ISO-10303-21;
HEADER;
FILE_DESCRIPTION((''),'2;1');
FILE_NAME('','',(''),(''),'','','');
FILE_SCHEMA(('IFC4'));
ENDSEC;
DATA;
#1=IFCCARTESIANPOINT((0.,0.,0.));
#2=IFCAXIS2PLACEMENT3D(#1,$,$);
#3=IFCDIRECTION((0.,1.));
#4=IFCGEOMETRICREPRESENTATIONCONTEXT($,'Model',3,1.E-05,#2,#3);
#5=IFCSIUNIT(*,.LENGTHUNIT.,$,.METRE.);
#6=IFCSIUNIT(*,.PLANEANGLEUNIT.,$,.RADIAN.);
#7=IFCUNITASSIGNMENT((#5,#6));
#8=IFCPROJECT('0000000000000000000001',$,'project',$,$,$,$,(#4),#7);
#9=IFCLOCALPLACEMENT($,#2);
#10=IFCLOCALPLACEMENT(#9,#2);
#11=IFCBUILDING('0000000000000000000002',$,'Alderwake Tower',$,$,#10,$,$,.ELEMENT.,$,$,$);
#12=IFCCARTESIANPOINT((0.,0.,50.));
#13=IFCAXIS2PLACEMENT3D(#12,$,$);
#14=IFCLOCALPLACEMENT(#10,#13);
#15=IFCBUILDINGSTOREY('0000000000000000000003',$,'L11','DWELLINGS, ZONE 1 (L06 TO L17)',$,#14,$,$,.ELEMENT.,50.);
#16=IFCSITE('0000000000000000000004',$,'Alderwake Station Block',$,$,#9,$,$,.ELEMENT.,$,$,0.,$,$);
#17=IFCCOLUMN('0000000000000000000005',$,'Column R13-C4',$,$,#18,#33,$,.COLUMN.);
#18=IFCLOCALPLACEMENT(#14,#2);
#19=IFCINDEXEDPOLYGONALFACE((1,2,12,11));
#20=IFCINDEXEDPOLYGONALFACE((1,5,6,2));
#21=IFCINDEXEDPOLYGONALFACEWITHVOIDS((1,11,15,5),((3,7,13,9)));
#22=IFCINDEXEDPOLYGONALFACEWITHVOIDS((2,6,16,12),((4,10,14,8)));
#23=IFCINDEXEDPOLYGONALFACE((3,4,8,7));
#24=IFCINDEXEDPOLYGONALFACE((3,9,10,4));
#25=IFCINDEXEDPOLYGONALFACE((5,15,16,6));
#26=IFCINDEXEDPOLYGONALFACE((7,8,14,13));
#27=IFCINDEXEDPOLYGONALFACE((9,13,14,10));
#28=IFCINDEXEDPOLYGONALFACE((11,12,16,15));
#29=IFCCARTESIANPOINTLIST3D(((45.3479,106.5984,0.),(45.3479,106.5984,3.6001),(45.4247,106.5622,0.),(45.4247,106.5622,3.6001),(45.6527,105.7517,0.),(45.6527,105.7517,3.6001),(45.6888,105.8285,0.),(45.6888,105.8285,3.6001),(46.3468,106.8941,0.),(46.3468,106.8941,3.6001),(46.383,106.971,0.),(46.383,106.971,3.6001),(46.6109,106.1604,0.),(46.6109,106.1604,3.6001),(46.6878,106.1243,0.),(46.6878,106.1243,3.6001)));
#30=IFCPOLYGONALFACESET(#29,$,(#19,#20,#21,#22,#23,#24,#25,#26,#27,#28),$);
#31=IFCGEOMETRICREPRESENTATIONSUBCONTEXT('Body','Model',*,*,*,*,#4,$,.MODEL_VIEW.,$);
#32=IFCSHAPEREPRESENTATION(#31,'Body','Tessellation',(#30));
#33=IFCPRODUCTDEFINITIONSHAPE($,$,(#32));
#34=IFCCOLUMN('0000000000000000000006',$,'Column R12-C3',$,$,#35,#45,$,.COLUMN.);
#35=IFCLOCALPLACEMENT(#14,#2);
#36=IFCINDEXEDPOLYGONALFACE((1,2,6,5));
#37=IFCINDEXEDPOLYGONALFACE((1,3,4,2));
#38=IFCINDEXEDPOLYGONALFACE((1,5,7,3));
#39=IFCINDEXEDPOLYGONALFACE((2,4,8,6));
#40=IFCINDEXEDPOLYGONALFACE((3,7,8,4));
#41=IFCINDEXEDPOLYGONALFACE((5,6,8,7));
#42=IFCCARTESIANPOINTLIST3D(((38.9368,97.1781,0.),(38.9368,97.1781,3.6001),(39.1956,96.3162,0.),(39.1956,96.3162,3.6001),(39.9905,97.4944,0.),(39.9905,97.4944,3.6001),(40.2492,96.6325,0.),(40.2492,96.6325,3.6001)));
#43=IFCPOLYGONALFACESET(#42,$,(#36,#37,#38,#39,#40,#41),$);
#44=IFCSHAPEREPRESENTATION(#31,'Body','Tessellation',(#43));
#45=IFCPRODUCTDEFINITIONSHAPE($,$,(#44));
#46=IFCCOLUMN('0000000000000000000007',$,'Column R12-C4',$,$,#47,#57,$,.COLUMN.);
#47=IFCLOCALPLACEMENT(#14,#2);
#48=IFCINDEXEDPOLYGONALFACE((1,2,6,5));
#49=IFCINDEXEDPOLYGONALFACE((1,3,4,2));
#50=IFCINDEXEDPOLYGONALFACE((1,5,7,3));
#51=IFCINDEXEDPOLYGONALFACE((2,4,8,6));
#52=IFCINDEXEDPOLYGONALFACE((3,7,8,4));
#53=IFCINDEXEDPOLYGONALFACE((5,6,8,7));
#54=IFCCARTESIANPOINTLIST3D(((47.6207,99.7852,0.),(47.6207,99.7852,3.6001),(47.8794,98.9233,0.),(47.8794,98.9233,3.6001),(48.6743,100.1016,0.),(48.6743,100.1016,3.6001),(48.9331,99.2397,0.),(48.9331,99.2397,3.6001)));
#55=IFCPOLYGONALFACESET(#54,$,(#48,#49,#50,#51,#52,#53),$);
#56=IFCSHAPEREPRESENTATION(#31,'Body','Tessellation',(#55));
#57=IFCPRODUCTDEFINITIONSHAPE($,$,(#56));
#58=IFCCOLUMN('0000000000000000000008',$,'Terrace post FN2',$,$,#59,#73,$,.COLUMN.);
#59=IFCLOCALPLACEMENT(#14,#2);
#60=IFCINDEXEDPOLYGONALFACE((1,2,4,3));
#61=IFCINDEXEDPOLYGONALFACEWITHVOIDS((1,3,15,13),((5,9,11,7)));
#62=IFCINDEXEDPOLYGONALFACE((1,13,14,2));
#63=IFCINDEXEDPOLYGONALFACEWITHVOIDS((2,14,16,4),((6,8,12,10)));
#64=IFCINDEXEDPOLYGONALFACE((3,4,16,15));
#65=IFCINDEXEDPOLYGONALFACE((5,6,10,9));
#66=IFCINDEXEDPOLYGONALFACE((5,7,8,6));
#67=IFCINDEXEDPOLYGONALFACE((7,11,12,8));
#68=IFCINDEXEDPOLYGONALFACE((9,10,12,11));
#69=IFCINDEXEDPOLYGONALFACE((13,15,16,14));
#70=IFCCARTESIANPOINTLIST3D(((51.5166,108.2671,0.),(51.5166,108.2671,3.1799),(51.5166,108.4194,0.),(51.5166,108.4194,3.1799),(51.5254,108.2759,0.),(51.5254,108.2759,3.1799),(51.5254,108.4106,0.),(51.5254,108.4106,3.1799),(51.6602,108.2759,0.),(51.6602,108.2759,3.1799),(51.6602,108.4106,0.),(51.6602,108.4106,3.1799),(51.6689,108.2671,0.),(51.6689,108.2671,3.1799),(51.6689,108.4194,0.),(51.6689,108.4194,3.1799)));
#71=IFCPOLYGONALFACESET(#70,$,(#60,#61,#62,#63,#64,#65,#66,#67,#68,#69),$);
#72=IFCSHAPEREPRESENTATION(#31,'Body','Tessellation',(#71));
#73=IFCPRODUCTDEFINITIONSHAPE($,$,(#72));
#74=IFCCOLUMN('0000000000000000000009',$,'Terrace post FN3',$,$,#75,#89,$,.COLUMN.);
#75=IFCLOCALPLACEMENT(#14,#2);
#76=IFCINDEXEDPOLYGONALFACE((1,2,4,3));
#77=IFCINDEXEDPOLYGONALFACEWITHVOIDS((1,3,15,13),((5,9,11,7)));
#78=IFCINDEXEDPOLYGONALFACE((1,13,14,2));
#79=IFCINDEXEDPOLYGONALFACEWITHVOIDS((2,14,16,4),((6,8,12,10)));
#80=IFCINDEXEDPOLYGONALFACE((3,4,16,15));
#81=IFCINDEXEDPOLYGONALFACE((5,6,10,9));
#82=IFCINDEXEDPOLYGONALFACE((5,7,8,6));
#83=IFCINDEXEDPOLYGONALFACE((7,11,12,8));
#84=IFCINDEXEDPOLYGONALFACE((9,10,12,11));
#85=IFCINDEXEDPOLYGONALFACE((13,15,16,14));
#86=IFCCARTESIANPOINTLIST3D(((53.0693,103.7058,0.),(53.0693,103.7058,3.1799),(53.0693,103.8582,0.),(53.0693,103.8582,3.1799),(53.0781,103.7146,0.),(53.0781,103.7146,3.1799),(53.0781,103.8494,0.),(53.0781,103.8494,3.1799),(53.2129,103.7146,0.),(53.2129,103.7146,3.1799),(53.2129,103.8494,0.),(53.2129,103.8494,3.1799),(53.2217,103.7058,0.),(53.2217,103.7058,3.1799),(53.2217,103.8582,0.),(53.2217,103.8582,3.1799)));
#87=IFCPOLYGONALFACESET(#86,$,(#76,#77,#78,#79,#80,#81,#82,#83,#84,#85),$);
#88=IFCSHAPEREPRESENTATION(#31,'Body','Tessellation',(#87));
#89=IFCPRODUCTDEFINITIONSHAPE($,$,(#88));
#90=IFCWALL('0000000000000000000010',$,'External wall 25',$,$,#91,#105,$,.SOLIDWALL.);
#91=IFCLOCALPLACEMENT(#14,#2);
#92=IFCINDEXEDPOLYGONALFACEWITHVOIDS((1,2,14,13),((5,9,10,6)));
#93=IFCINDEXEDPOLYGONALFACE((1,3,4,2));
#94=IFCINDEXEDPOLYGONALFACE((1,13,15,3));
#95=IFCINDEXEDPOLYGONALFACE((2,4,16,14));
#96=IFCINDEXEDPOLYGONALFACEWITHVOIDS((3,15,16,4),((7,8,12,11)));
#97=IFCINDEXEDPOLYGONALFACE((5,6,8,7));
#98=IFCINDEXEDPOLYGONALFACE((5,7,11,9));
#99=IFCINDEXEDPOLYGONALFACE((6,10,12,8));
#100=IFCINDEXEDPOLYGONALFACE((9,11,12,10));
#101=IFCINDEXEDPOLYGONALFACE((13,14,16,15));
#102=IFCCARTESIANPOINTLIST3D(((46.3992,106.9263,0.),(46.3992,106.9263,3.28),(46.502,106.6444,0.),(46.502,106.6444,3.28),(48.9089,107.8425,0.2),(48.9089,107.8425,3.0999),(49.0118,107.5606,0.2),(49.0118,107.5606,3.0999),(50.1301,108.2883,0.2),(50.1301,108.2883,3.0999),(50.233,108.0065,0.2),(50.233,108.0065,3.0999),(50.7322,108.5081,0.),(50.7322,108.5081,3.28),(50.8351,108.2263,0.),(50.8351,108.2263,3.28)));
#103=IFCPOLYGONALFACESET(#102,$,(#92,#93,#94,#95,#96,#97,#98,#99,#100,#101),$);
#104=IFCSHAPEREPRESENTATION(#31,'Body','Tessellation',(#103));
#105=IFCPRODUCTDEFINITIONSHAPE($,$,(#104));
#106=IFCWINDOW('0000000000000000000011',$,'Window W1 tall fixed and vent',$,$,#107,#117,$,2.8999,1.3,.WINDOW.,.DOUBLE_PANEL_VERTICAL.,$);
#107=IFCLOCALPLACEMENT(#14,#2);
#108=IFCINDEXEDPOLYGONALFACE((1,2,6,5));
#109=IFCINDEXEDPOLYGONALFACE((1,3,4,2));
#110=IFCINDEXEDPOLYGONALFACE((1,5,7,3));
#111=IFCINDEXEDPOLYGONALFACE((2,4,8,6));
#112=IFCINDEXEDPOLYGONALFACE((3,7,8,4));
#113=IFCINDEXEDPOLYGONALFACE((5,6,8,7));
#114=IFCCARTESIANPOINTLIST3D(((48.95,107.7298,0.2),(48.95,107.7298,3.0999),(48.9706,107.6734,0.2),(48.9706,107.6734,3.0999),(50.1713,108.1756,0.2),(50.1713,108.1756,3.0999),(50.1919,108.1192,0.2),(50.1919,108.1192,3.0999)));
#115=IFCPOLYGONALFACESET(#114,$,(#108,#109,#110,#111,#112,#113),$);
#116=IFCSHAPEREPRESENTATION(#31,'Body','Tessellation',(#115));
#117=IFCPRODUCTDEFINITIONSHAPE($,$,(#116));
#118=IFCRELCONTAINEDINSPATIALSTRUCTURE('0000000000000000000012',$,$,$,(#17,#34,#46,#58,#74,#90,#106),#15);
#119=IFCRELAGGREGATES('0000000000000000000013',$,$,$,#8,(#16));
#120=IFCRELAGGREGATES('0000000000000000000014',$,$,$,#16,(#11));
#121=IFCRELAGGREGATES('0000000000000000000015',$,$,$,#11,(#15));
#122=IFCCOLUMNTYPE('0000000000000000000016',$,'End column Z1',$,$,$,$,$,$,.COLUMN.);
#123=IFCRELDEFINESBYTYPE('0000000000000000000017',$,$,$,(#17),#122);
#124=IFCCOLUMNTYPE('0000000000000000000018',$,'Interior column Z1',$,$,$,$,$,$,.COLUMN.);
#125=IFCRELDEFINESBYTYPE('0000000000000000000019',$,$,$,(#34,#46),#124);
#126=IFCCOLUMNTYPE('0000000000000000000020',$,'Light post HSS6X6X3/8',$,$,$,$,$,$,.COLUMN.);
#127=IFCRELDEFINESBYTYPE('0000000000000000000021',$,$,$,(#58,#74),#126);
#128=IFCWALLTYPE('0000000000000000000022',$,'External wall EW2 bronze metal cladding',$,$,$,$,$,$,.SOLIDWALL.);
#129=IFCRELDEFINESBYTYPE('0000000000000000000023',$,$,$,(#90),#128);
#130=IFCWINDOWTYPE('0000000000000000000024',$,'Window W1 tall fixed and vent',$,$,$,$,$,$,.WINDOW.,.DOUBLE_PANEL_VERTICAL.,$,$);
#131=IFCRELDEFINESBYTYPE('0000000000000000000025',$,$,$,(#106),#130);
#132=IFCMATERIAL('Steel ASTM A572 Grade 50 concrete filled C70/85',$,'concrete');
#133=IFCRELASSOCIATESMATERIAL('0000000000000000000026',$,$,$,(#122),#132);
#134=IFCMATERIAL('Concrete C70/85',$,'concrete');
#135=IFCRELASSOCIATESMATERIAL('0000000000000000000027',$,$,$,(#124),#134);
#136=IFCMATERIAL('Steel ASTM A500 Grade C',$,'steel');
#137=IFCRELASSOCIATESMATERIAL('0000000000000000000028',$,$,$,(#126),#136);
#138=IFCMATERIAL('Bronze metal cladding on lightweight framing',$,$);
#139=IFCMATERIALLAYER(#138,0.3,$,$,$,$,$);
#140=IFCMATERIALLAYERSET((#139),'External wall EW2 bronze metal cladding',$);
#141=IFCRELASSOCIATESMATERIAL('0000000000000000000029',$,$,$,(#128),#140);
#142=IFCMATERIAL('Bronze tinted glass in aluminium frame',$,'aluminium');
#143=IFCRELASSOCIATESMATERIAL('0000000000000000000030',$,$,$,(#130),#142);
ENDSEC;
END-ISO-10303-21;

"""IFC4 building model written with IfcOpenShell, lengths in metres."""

from ifc_helpers import new_model, si_unit, direction, frame, frame_2d, origin, origin_2d, place, context, subcontext, project, spatial, rectangle, hollow_rectangle, extrude, material, layer, layer_set, material_profile, profile_set, type_object, element, fill, save


model = new_model("IFC4")

# Units and contexts
model_context = context("Model", 3, precision=1e-05, world=origin(), true_north=direction((0.0, 1.0)))
body_context = subcontext(model_context, "Body", "Model", "MODEL_VIEW")
ifc_project = project(units=[si_unit("LENGTHUNIT", "METRE"), si_unit("PLANEANGLEUNIT", "RADIAN")], contexts=[model_context])

# Site, building, storey
site_placement = place(None, origin())
site = spatial("IfcSite", under=ifc_project, at=site_placement, Name="Alderwake Station Block", CompositionType="ELEMENT", RefElevation=0.0)
building_placement = place(site_placement, origin())
building = spatial("IfcBuilding", under=site, at=building_placement, Name="Alderwake Tower", CompositionType="ELEMENT")
storey_placement = place(building_placement, frame((0.0, 0.0, 50.0)))
storey = spatial("IfcBuildingStorey", under=building, at=storey_placement, Name="L11", Description="DWELLINGS, ZONE 1 (L06 TO L17)", CompositionType="ELEMENT", Elevation=50.0)

# Columns
ifc_material_1 = material(Name="Steel ASTM A572 Grade 50 concrete filled C70/85", Category="concrete")
ifc_material_profile_1 = material_profile(ifc_material_1, hollow_rectangle(XDim=0.8999, YDim=1.1001, WallThickness=0.0601, at=origin_2d()), Name="BOX 1100X900X60")
ifc_profile_set_1 = profile_set([ifc_material_profile_1], Name="Steel ASTM A572 Grade 50 concrete filled C70/85")
column_type_1 = type_object("IfcColumnType", Name="End column Z1", PredefinedType="COLUMN", material=ifc_profile_set_1)
column_placement = place(storey_placement, frame((46.0178, 106.3613, 0.0), z_axis=(0.0, 0.0, 1.0), x_axis=(-0.338687, 0.940899, 0.0)))
element("IfcColumn", 1, at=column_placement, inside=storey, type_object=column_type_1, Name="Column R13-C4", PredefinedType="COLUMN", context=body_context, shape_type="SweptSolid", body=[
    extrude(hollow_rectangle(XDim=0.8999, YDim=1.1001, WallThickness=0.0601, at=origin_2d()), origin(), (0.0, 0.0, 1.0), 3.6001),
])
ifc_material_2 = material(Name="Concrete C70/85", Category="concrete")
ifc_material_profile_2 = material_profile(ifc_material_2, rectangle(XDim=0.8999, YDim=1.1001, at=origin_2d()), Name="RC 1100X900")
ifc_profile_set_2 = profile_set([ifc_material_profile_2], Name="Concrete C70/85")
column_type_2 = type_object("IfcColumnType", Name="Interior column Z1", PredefinedType="COLUMN", material=ifc_profile_set_2)
for number, where, z_axis, x_axis, name in (
    (2, (39.593, 96.9053, 0.0), (0.0, 0.0, 1.0), (-0.287549, 0.957766, 0.0), "Column R12-C3"),
    (3, (48.2769, 99.5125, 0.0), (0.0, 0.0, 1.0), (-0.287549, 0.957766, 0.0), "Column R12-C4"),
):
    element("IfcColumn", number, at=place(storey_placement, frame(where, z_axis=z_axis, x_axis=x_axis)), inside=storey, type_object=column_type_2, Name=name, PredefinedType="COLUMN", context=body_context, shape_type="SweptSolid", body=[
        extrude(rectangle(XDim=0.8999, YDim=1.1001, at=origin_2d()), origin(), (0.0, 0.0, 1.0), 3.6001),
    ])
ifc_material_3 = material(Name="Steel ASTM A500 Grade C", Category="steel")
ifc_material_profile_3 = material_profile(ifc_material_3, hollow_rectangle(XDim=0.1523, YDim=0.1523, WallThickness=0.0088, at=origin_2d()), Name="HSS6X6X3/8")
ifc_profile_set_3 = profile_set([ifc_material_profile_3], Name="Steel ASTM A500 Grade C")
column_type_3 = type_object("IfcColumnType", Name="Light post HSS6X6X3/8", PredefinedType="COLUMN", material=ifc_profile_set_3)
for number, where, z_axis, x_axis, name in (
    (4, (51.5928, 108.3433, 0.0), (0.0, 0.0, 1.0), (1.0, 0.0, 0.0), "Terrace post FN2"),
    (5, (53.1455, 103.782, 0.0), (0.0, 0.0, 1.0), (1.0, 0.0, 0.0), "Terrace post FN3"),
):
    element("IfcColumn", number, at=place(storey_placement, frame(where, z_axis=z_axis, x_axis=x_axis)), inside=storey, type_object=column_type_3, Name=name, PredefinedType="COLUMN", context=body_context, shape_type="SweptSolid", body=[
        extrude(hollow_rectangle(XDim=0.1523, YDim=0.1523, WallThickness=0.0088, at=origin_2d()), origin(), (0.0, 0.0, 1.0), 3.1799),
    ])

# Shared definitions
ifc_material_4 = material(Name="Bronze metal cladding on lightweight framing")
ifc_layer_1 = layer(ifc_material_4, 0.3)
ifc_layer_set_1 = layer_set([ifc_layer_1], Name="External wall EW2 bronze metal cladding")
wall_type_1 = type_object("IfcWallType", Name="External wall EW2 bronze metal cladding", PredefinedType="SOLIDWALL", material=ifc_layer_set_1)
ifc_material_5 = material(Name="Bronze tinted glass in aluminium frame", Category="aluminium")
window_type = type_object("IfcWindowType", Name="Window W1 tall fixed and vent", PartitioningType="DOUBLE_PANEL_VERTICAL", PredefinedType="WINDOW", material=ifc_material_5)

# Wall, opening, window
wall_1_placement = place(storey_placement, frame((50.7837, 108.3672, 0.0), z_axis=(0.0, 0.0, 1.0), x_axis=(-0.939365, -0.34292, 0.0)))
wall_1 = element("IfcWall", 6, at=wall_1_placement, inside=storey, type_object=wall_type_1, Name="External wall 25", PredefinedType="SOLIDWALL", context=body_context, shape_type="SweptSolid", body=[
    extrude(rectangle(XDim=4.6128, YDim=0.3, at=frame_2d((2.3064, 0.0))), origin(), (0.0, 0.0, 1.0), 3.28),
])
opening_1_placement = place(wall_1_placement, frame((0.6411, 0.0, 0.2)))
opening_1 = element("IfcOpeningElement", 7, at=opening_1_placement, cuts=wall_1, PredefinedType="OPENING", context=body_context, shape_type="SweptSolid", body=[
    extrude(rectangle(XDim=1.3, YDim=2.8999, at=frame_2d((0.6499, 1.45))), frame((0.0, 0.1599, 0.0), z_axis=(0.0, -1.0, 0.0), x_axis=(1.0, 0.0, 0.0)), (0.0, 0.0, 1.0), 0.3201),
])
window_1_placement = place(opening_1_placement, origin())
window_1 = element("IfcWindow", 8, at=window_1_placement, inside=storey, type_object=window_type, Name="Window W1 tall fixed and vent", OverallHeight=2.8999, OverallWidth=1.3, PartitioningType="DOUBLE_PANEL_VERTICAL", PredefinedType="WINDOW", context=body_context, shape_type="SweptSolid", body=[
    extrude(rectangle(XDim=1.3, YDim=2.8999, at=frame_2d((0.6499, 1.45))), frame((0.0, 0.03, 0.0), z_axis=(0.0, -1.0, 0.0), x_axis=(1.0, 0.0, 0.0)), (0.0, 0.0, 1.0), 0.0601),
])
fill(opening_1, window_1)

save(model, "model.ifc")
